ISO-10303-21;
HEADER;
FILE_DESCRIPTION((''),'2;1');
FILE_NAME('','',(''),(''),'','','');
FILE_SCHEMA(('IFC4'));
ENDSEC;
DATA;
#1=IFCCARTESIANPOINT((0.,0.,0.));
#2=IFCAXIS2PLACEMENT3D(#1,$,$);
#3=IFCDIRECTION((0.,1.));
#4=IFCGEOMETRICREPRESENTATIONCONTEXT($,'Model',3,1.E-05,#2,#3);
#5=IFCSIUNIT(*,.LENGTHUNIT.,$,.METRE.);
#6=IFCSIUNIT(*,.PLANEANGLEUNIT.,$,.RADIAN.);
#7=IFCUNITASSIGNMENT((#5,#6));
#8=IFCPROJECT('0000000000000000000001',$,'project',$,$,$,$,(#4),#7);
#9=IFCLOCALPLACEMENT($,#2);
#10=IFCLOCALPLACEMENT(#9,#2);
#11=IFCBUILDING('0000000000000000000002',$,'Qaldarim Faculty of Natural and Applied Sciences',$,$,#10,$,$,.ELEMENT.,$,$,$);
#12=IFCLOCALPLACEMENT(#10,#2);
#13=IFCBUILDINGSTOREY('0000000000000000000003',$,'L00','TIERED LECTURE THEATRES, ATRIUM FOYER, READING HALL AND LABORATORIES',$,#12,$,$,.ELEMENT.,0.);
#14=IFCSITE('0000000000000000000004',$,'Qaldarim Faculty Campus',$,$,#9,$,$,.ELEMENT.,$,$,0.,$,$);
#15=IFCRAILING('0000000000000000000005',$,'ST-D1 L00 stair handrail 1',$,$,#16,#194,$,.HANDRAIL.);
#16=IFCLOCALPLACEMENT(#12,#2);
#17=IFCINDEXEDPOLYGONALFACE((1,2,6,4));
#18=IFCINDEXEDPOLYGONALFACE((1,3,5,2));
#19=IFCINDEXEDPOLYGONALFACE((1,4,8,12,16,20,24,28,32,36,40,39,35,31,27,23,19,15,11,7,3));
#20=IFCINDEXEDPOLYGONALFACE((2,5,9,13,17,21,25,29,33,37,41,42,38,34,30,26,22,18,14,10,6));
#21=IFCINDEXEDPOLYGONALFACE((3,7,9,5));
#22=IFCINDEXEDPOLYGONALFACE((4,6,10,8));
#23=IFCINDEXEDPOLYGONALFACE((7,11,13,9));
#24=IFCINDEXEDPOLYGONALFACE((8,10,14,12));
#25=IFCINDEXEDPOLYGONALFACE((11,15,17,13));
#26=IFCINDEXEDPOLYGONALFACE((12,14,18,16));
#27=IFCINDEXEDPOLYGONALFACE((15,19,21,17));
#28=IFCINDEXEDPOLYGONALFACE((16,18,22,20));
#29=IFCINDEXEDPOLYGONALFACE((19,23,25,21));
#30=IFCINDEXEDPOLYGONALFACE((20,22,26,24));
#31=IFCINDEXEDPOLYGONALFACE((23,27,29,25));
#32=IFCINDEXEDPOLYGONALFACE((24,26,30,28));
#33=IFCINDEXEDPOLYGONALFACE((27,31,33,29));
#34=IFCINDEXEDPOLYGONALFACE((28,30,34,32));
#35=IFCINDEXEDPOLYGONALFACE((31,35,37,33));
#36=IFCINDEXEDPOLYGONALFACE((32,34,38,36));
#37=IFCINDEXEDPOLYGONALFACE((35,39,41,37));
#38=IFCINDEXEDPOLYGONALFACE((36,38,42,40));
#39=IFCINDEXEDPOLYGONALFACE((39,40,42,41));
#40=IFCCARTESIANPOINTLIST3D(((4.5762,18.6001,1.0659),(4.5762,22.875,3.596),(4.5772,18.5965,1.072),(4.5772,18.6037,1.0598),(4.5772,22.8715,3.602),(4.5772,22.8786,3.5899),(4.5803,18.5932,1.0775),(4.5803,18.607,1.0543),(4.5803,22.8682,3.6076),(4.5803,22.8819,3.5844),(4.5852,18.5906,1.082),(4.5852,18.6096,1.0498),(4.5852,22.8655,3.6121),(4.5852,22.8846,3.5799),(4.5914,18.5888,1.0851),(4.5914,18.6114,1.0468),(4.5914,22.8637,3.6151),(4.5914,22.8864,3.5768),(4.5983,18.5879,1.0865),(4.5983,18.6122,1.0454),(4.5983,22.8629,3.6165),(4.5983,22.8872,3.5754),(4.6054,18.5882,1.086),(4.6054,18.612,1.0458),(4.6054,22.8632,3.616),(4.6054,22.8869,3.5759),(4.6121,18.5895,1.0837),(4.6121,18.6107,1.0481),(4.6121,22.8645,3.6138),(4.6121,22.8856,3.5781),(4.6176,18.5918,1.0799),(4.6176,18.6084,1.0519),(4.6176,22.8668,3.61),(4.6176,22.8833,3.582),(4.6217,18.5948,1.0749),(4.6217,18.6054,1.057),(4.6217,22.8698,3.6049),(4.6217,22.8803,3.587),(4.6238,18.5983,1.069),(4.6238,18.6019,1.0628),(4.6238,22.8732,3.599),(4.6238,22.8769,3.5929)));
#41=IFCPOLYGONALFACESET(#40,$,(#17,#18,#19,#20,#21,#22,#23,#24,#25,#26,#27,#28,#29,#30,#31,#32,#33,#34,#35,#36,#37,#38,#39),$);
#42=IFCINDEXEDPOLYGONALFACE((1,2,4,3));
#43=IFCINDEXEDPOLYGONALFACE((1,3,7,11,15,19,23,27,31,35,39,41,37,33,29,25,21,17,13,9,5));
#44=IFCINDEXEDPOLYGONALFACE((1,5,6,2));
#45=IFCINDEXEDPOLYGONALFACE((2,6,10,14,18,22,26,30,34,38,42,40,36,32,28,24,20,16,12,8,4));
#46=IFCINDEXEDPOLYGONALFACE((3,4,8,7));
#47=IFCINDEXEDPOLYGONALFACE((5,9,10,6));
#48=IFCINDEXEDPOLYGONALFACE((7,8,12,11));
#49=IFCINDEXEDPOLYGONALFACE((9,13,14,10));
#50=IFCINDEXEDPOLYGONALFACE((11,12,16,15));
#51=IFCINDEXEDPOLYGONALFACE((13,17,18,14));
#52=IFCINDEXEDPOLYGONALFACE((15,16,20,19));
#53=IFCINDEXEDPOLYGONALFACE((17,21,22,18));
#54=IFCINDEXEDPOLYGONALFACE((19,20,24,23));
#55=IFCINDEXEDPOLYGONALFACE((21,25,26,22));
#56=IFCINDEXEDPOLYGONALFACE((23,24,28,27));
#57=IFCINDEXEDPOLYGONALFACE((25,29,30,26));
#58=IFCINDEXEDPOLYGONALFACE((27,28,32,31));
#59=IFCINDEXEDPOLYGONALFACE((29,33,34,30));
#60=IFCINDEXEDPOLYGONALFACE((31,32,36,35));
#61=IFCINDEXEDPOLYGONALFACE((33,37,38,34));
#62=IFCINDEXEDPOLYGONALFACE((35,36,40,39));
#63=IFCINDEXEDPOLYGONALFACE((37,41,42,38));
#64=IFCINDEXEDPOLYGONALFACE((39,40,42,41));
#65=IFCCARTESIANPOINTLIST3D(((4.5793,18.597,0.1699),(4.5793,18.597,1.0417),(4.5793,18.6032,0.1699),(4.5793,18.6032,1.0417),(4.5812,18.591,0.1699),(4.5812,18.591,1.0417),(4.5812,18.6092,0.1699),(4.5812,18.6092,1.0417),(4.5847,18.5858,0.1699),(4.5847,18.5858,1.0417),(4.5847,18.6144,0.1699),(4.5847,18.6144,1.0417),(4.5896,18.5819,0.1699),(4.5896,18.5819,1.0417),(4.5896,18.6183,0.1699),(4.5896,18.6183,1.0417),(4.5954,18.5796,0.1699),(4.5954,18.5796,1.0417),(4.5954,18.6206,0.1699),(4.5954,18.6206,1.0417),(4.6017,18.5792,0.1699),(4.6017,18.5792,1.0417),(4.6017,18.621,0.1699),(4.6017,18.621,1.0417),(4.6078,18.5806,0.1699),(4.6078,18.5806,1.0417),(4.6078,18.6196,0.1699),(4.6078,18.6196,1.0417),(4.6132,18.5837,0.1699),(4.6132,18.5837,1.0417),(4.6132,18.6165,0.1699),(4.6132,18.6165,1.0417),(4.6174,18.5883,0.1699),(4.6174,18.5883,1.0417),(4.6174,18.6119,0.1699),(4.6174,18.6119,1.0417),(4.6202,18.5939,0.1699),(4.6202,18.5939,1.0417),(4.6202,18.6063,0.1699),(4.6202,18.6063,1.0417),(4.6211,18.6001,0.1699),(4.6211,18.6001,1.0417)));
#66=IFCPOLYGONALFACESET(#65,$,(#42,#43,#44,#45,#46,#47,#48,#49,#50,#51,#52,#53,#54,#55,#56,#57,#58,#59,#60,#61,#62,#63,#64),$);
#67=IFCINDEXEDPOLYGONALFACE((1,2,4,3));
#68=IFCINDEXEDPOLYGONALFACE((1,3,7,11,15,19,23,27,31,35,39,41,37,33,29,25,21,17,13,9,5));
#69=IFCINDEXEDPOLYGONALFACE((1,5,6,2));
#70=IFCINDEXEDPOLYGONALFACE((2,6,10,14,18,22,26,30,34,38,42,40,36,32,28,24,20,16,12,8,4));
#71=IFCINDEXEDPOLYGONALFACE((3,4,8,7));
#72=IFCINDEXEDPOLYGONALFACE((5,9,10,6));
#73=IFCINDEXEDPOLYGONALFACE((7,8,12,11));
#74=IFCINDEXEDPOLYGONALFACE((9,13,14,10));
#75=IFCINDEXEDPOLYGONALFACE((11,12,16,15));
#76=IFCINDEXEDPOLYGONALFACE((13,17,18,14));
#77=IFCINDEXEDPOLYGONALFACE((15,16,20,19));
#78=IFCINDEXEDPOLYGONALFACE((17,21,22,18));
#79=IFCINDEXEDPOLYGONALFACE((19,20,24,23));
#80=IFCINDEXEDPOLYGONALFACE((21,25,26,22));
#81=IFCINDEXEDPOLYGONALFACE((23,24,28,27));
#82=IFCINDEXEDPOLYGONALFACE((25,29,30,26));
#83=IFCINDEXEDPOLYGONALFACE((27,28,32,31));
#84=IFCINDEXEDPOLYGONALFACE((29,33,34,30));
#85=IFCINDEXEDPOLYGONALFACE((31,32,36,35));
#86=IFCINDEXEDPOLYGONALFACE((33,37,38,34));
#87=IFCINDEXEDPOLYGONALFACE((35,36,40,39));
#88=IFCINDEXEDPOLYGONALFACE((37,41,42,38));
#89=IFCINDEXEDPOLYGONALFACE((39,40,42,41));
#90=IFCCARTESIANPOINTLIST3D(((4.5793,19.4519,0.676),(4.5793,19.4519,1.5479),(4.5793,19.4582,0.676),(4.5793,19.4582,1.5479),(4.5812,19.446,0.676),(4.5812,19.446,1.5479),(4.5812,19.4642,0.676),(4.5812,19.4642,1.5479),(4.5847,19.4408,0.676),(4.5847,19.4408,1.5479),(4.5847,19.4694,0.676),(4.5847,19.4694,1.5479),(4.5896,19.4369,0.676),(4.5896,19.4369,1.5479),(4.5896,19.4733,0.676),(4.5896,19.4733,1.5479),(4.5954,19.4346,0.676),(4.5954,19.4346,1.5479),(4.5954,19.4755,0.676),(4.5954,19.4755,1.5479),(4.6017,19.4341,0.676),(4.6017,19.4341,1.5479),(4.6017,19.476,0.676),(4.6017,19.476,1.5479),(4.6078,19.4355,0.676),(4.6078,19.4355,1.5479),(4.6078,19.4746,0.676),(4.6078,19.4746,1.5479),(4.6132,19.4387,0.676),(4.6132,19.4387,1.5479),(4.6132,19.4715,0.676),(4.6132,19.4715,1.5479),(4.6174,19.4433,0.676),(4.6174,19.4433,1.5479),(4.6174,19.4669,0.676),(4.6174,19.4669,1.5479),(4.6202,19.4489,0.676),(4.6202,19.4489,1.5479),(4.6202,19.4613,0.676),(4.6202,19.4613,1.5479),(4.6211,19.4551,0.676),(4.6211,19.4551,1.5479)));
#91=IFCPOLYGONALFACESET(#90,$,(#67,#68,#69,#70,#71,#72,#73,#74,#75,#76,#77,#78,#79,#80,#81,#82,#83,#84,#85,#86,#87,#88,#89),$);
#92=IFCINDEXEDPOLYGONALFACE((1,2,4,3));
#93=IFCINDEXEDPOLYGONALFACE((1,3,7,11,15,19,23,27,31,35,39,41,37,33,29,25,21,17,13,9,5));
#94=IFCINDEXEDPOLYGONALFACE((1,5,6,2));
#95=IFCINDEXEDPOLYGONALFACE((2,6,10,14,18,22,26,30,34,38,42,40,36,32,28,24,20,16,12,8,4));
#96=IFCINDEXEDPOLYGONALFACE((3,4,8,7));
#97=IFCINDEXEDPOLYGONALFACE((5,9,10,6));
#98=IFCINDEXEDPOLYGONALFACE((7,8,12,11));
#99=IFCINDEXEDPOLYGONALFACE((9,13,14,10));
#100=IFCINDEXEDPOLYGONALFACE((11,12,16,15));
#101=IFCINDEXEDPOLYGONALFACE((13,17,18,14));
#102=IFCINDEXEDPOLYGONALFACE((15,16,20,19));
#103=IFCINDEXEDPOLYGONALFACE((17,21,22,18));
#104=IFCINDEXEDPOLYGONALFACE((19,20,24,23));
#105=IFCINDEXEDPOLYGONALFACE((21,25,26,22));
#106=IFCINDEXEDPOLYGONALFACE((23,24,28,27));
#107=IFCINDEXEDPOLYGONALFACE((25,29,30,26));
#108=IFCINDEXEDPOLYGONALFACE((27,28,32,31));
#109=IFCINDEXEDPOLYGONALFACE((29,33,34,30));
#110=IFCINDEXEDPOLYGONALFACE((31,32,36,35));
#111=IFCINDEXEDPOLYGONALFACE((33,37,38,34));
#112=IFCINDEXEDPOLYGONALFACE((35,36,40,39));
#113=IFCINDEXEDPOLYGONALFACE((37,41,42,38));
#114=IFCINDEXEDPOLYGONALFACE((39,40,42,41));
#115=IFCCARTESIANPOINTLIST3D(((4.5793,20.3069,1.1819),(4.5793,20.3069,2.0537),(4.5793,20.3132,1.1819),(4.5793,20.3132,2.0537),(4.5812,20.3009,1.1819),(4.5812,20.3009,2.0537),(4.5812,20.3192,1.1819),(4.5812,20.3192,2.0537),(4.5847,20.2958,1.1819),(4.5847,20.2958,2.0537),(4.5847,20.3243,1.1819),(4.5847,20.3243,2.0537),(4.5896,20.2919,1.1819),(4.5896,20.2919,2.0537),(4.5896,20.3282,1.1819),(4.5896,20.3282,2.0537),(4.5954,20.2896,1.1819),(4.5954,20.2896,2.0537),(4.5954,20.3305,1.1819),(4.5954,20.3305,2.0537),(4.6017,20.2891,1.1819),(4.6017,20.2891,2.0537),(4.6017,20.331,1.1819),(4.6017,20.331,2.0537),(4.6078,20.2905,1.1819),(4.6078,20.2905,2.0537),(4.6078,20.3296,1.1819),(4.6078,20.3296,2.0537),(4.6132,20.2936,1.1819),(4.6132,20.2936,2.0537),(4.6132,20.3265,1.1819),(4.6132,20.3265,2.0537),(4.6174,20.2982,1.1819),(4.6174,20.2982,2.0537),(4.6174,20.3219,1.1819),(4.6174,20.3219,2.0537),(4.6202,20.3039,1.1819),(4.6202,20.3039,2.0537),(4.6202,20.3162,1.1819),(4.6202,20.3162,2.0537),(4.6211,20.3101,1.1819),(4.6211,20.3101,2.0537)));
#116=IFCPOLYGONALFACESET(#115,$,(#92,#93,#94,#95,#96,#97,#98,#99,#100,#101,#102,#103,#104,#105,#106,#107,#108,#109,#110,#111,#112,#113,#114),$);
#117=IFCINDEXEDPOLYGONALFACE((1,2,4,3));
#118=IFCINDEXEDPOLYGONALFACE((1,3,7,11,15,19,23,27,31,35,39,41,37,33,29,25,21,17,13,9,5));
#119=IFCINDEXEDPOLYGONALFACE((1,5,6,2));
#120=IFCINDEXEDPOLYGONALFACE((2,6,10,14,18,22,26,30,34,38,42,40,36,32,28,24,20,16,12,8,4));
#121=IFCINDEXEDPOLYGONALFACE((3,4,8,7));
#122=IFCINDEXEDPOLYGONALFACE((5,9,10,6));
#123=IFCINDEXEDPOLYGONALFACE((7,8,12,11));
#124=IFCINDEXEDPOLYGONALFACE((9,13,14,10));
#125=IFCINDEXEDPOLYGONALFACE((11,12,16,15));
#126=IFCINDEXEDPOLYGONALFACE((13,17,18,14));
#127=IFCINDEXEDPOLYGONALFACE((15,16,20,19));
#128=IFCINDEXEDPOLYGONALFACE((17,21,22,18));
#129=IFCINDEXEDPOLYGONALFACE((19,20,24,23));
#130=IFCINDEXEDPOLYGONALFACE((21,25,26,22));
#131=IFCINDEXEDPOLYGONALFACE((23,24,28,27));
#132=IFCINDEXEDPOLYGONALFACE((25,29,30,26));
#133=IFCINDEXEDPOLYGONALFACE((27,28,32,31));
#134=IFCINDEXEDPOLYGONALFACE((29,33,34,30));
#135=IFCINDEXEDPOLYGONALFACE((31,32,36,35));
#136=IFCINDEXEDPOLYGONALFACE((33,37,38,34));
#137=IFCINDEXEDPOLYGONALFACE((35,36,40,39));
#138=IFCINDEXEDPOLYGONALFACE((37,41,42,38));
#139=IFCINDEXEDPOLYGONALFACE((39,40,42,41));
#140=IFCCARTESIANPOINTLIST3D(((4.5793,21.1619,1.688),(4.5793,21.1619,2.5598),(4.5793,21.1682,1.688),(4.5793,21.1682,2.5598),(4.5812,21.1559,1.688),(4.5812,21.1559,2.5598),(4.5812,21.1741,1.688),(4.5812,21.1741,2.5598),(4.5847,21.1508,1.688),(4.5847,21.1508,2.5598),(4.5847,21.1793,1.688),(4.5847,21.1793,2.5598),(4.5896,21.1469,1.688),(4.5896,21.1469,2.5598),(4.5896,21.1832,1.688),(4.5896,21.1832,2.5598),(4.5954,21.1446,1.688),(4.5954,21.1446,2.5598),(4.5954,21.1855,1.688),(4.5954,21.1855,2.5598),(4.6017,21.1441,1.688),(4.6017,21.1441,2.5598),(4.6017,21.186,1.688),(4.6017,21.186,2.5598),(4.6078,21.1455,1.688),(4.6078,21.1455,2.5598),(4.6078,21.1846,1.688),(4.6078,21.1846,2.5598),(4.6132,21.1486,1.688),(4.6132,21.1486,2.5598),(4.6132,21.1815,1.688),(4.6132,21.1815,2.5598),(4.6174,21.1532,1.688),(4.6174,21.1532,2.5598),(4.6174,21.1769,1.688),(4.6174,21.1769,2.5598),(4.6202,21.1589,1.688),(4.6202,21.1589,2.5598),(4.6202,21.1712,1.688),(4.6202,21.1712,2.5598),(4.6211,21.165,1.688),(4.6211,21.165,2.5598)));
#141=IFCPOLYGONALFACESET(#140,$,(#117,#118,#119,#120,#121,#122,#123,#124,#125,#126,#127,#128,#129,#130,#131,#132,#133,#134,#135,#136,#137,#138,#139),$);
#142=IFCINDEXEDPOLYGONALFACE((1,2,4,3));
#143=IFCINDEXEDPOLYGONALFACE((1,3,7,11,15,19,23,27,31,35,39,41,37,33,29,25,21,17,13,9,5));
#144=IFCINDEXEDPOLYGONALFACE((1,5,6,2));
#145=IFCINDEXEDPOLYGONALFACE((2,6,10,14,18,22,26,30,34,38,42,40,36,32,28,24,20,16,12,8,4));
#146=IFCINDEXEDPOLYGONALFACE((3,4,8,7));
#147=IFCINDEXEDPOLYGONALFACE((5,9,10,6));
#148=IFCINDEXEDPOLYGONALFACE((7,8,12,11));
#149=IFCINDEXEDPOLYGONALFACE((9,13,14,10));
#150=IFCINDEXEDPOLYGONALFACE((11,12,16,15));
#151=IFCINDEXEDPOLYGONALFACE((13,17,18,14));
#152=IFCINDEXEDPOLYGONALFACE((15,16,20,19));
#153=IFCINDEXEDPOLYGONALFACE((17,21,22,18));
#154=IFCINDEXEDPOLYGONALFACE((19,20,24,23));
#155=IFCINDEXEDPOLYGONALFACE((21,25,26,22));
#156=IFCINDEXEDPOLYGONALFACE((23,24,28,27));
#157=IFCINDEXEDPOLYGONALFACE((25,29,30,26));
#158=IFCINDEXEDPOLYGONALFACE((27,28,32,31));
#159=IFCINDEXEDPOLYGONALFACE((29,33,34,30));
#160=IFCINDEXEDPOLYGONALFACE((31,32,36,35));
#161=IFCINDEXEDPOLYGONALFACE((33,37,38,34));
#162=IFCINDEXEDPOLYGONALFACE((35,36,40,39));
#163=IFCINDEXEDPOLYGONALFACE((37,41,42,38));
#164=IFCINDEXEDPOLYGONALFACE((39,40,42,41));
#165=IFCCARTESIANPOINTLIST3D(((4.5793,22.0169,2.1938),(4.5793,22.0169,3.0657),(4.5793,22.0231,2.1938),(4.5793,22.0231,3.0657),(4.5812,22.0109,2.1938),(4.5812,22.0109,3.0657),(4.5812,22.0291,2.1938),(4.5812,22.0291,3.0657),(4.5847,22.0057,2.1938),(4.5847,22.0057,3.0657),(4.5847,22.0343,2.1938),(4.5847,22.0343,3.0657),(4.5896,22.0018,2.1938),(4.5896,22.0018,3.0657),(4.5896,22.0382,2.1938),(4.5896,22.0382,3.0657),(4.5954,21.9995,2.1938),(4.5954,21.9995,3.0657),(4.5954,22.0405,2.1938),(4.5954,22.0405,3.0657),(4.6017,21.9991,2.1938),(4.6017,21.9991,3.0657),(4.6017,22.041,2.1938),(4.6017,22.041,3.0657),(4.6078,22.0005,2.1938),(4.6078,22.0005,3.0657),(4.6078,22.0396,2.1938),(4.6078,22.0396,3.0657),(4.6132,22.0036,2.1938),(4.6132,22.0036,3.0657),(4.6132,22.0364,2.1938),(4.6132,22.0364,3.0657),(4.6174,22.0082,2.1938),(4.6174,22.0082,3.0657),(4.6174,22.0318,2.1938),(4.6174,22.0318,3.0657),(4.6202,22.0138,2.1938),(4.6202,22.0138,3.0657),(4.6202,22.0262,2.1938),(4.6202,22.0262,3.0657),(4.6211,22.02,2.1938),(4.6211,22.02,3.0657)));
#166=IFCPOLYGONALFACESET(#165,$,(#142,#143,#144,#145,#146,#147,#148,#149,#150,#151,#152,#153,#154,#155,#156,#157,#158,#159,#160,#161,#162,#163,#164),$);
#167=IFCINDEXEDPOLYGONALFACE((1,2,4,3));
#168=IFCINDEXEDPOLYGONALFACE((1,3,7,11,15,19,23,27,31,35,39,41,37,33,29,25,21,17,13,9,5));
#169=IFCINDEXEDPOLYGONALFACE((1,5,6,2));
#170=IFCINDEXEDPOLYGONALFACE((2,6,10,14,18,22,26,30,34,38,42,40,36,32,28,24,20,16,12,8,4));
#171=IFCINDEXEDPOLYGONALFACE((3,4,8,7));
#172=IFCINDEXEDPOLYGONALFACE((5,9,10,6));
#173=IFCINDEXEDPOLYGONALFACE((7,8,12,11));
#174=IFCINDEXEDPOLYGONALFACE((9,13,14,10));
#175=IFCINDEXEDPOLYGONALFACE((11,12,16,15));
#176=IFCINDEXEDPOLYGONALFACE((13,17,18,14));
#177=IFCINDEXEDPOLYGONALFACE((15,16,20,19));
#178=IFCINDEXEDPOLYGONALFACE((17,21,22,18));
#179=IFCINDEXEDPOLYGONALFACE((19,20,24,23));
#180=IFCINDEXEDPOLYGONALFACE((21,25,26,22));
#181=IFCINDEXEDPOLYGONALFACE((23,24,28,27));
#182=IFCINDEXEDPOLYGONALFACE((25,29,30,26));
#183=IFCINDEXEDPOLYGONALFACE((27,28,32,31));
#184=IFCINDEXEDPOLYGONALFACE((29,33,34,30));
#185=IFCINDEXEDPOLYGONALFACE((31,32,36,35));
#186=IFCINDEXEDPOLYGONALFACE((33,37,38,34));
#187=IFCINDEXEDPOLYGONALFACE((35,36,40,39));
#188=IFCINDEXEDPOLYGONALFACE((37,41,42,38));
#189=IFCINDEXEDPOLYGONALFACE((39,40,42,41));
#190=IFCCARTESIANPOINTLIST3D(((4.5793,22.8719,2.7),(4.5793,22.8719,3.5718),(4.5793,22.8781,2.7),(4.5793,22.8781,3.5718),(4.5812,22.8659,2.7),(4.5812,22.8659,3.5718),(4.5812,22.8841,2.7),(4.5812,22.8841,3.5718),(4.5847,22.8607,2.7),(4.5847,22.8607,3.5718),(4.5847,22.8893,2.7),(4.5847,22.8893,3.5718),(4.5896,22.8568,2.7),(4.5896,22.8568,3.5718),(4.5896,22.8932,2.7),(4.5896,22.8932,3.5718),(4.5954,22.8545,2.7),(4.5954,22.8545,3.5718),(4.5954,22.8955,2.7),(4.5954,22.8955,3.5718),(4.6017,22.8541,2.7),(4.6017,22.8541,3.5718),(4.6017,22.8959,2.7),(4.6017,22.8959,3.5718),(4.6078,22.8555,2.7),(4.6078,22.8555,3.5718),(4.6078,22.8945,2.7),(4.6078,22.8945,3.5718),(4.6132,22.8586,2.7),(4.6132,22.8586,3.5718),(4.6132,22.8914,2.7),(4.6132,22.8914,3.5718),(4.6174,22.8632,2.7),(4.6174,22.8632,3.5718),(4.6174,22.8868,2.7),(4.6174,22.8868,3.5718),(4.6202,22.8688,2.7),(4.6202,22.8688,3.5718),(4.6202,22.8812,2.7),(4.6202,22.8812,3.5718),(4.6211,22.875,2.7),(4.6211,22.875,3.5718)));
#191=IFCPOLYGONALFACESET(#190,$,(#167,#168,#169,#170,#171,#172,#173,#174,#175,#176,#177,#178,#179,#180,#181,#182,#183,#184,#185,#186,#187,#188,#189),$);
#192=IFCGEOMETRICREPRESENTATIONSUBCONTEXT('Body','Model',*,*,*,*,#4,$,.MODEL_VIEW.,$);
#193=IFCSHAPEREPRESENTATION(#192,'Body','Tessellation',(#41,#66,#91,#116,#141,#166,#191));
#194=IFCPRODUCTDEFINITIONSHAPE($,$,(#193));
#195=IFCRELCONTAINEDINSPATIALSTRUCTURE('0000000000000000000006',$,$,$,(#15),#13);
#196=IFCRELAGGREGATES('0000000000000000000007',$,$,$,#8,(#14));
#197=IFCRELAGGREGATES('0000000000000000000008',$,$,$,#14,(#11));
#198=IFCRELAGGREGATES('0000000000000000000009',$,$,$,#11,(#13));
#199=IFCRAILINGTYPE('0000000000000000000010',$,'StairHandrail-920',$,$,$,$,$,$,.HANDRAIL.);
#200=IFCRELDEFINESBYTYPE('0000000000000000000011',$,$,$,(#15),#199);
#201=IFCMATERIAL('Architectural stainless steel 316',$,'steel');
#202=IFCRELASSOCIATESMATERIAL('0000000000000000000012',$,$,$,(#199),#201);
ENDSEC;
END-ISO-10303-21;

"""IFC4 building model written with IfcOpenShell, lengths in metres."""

from ifc_helpers import new_model, si_unit, direction, frame, origin, origin_2d, place, context, subcontext, project, spatial, circle, extrude, material, type_object, element, save


model = new_model("IFC4")

# Units and contexts
model_context = context("Model", 3, precision=1e-05, world=origin(), true_north=direction((0.0, 1.0)))
body_context = subcontext(model_context, "Body", "Model", "MODEL_VIEW")
ifc_project = project(units=[si_unit("LENGTHUNIT", "METRE"), si_unit("PLANEANGLEUNIT", "RADIAN")], contexts=[model_context])

# Site, building, storey
site_placement = place(None, origin())
site = spatial("IfcSite", under=ifc_project, at=site_placement, Name="Qaldarim Faculty Campus", CompositionType="ELEMENT", RefElevation=0.0)
building_placement = place(site_placement, origin())
building = spatial("IfcBuilding", under=site, at=building_placement, Name="Qaldarim Faculty of Natural and Applied Sciences", CompositionType="ELEMENT")
storey_placement = place(building_placement, origin())
storey = spatial("IfcBuildingStorey", under=building, at=storey_placement, Name="L00", Description="TIERED LECTURE THEATRES, ATRIUM FOYER, READING HALL AND LABORATORIES", CompositionType="ELEMENT", Elevation=0.0)

# Shared definitions
ifc_material_1 = material(Name="Architectural stainless steel 316", Category="steel")

# Railing
railing_type_1 = type_object("IfcRailingType", Name="StairHandrail-920", PredefinedType="HANDRAIL", material=ifc_material_1)
railing_1_placement = place(storey_placement, frame((4.6001, 18.6001, 0.1699)))
element("IfcRailing", 1, at=railing_1_placement, inside=storey, type_object=railing_type_1, Name="ST-D1 L00 stair handrail 1", PredefinedType="HANDRAIL", context=body_context, shape_type="SweptSolid", body=[
    extrude(circle(Radius=0.0239, at=origin_2d()), frame((0.0, 0.0, 0.896), z_axis=(0.0, 0.860578, 0.509319), x_axis=(-1.0, 0.0, 0.0)), (0.0, 0.0, 1.0), 4.9675),
    extrude(circle(Radius=0.021, at=origin_2d()), origin(), (0.0, 0.0, 1.0), 0.8718),
    extrude(circle(Radius=0.021, at=origin_2d()), frame((0.0, 0.855, 0.5061)), (0.0, 0.0, 1.0), 0.8718),
    extrude(circle(Radius=0.021, at=origin_2d()), frame((0.0, 1.71, 1.012)), (0.0, 0.0, 1.0), 0.8718),
    extrude(circle(Radius=0.021, at=origin_2d()), frame((0.0, 2.5649, 1.5181)), (0.0, 0.0, 1.0), 0.8718),
    extrude(circle(Radius=0.021, at=origin_2d()), frame((0.0, 3.4199, 2.0239)), (0.0, 0.0, 1.0), 0.8718),
    extrude(circle(Radius=0.021, at=origin_2d()), frame((0.0, 4.2749, 2.53)), (0.0, 0.0, 1.0), 0.8718),
])

save(model, "model.ifc")
